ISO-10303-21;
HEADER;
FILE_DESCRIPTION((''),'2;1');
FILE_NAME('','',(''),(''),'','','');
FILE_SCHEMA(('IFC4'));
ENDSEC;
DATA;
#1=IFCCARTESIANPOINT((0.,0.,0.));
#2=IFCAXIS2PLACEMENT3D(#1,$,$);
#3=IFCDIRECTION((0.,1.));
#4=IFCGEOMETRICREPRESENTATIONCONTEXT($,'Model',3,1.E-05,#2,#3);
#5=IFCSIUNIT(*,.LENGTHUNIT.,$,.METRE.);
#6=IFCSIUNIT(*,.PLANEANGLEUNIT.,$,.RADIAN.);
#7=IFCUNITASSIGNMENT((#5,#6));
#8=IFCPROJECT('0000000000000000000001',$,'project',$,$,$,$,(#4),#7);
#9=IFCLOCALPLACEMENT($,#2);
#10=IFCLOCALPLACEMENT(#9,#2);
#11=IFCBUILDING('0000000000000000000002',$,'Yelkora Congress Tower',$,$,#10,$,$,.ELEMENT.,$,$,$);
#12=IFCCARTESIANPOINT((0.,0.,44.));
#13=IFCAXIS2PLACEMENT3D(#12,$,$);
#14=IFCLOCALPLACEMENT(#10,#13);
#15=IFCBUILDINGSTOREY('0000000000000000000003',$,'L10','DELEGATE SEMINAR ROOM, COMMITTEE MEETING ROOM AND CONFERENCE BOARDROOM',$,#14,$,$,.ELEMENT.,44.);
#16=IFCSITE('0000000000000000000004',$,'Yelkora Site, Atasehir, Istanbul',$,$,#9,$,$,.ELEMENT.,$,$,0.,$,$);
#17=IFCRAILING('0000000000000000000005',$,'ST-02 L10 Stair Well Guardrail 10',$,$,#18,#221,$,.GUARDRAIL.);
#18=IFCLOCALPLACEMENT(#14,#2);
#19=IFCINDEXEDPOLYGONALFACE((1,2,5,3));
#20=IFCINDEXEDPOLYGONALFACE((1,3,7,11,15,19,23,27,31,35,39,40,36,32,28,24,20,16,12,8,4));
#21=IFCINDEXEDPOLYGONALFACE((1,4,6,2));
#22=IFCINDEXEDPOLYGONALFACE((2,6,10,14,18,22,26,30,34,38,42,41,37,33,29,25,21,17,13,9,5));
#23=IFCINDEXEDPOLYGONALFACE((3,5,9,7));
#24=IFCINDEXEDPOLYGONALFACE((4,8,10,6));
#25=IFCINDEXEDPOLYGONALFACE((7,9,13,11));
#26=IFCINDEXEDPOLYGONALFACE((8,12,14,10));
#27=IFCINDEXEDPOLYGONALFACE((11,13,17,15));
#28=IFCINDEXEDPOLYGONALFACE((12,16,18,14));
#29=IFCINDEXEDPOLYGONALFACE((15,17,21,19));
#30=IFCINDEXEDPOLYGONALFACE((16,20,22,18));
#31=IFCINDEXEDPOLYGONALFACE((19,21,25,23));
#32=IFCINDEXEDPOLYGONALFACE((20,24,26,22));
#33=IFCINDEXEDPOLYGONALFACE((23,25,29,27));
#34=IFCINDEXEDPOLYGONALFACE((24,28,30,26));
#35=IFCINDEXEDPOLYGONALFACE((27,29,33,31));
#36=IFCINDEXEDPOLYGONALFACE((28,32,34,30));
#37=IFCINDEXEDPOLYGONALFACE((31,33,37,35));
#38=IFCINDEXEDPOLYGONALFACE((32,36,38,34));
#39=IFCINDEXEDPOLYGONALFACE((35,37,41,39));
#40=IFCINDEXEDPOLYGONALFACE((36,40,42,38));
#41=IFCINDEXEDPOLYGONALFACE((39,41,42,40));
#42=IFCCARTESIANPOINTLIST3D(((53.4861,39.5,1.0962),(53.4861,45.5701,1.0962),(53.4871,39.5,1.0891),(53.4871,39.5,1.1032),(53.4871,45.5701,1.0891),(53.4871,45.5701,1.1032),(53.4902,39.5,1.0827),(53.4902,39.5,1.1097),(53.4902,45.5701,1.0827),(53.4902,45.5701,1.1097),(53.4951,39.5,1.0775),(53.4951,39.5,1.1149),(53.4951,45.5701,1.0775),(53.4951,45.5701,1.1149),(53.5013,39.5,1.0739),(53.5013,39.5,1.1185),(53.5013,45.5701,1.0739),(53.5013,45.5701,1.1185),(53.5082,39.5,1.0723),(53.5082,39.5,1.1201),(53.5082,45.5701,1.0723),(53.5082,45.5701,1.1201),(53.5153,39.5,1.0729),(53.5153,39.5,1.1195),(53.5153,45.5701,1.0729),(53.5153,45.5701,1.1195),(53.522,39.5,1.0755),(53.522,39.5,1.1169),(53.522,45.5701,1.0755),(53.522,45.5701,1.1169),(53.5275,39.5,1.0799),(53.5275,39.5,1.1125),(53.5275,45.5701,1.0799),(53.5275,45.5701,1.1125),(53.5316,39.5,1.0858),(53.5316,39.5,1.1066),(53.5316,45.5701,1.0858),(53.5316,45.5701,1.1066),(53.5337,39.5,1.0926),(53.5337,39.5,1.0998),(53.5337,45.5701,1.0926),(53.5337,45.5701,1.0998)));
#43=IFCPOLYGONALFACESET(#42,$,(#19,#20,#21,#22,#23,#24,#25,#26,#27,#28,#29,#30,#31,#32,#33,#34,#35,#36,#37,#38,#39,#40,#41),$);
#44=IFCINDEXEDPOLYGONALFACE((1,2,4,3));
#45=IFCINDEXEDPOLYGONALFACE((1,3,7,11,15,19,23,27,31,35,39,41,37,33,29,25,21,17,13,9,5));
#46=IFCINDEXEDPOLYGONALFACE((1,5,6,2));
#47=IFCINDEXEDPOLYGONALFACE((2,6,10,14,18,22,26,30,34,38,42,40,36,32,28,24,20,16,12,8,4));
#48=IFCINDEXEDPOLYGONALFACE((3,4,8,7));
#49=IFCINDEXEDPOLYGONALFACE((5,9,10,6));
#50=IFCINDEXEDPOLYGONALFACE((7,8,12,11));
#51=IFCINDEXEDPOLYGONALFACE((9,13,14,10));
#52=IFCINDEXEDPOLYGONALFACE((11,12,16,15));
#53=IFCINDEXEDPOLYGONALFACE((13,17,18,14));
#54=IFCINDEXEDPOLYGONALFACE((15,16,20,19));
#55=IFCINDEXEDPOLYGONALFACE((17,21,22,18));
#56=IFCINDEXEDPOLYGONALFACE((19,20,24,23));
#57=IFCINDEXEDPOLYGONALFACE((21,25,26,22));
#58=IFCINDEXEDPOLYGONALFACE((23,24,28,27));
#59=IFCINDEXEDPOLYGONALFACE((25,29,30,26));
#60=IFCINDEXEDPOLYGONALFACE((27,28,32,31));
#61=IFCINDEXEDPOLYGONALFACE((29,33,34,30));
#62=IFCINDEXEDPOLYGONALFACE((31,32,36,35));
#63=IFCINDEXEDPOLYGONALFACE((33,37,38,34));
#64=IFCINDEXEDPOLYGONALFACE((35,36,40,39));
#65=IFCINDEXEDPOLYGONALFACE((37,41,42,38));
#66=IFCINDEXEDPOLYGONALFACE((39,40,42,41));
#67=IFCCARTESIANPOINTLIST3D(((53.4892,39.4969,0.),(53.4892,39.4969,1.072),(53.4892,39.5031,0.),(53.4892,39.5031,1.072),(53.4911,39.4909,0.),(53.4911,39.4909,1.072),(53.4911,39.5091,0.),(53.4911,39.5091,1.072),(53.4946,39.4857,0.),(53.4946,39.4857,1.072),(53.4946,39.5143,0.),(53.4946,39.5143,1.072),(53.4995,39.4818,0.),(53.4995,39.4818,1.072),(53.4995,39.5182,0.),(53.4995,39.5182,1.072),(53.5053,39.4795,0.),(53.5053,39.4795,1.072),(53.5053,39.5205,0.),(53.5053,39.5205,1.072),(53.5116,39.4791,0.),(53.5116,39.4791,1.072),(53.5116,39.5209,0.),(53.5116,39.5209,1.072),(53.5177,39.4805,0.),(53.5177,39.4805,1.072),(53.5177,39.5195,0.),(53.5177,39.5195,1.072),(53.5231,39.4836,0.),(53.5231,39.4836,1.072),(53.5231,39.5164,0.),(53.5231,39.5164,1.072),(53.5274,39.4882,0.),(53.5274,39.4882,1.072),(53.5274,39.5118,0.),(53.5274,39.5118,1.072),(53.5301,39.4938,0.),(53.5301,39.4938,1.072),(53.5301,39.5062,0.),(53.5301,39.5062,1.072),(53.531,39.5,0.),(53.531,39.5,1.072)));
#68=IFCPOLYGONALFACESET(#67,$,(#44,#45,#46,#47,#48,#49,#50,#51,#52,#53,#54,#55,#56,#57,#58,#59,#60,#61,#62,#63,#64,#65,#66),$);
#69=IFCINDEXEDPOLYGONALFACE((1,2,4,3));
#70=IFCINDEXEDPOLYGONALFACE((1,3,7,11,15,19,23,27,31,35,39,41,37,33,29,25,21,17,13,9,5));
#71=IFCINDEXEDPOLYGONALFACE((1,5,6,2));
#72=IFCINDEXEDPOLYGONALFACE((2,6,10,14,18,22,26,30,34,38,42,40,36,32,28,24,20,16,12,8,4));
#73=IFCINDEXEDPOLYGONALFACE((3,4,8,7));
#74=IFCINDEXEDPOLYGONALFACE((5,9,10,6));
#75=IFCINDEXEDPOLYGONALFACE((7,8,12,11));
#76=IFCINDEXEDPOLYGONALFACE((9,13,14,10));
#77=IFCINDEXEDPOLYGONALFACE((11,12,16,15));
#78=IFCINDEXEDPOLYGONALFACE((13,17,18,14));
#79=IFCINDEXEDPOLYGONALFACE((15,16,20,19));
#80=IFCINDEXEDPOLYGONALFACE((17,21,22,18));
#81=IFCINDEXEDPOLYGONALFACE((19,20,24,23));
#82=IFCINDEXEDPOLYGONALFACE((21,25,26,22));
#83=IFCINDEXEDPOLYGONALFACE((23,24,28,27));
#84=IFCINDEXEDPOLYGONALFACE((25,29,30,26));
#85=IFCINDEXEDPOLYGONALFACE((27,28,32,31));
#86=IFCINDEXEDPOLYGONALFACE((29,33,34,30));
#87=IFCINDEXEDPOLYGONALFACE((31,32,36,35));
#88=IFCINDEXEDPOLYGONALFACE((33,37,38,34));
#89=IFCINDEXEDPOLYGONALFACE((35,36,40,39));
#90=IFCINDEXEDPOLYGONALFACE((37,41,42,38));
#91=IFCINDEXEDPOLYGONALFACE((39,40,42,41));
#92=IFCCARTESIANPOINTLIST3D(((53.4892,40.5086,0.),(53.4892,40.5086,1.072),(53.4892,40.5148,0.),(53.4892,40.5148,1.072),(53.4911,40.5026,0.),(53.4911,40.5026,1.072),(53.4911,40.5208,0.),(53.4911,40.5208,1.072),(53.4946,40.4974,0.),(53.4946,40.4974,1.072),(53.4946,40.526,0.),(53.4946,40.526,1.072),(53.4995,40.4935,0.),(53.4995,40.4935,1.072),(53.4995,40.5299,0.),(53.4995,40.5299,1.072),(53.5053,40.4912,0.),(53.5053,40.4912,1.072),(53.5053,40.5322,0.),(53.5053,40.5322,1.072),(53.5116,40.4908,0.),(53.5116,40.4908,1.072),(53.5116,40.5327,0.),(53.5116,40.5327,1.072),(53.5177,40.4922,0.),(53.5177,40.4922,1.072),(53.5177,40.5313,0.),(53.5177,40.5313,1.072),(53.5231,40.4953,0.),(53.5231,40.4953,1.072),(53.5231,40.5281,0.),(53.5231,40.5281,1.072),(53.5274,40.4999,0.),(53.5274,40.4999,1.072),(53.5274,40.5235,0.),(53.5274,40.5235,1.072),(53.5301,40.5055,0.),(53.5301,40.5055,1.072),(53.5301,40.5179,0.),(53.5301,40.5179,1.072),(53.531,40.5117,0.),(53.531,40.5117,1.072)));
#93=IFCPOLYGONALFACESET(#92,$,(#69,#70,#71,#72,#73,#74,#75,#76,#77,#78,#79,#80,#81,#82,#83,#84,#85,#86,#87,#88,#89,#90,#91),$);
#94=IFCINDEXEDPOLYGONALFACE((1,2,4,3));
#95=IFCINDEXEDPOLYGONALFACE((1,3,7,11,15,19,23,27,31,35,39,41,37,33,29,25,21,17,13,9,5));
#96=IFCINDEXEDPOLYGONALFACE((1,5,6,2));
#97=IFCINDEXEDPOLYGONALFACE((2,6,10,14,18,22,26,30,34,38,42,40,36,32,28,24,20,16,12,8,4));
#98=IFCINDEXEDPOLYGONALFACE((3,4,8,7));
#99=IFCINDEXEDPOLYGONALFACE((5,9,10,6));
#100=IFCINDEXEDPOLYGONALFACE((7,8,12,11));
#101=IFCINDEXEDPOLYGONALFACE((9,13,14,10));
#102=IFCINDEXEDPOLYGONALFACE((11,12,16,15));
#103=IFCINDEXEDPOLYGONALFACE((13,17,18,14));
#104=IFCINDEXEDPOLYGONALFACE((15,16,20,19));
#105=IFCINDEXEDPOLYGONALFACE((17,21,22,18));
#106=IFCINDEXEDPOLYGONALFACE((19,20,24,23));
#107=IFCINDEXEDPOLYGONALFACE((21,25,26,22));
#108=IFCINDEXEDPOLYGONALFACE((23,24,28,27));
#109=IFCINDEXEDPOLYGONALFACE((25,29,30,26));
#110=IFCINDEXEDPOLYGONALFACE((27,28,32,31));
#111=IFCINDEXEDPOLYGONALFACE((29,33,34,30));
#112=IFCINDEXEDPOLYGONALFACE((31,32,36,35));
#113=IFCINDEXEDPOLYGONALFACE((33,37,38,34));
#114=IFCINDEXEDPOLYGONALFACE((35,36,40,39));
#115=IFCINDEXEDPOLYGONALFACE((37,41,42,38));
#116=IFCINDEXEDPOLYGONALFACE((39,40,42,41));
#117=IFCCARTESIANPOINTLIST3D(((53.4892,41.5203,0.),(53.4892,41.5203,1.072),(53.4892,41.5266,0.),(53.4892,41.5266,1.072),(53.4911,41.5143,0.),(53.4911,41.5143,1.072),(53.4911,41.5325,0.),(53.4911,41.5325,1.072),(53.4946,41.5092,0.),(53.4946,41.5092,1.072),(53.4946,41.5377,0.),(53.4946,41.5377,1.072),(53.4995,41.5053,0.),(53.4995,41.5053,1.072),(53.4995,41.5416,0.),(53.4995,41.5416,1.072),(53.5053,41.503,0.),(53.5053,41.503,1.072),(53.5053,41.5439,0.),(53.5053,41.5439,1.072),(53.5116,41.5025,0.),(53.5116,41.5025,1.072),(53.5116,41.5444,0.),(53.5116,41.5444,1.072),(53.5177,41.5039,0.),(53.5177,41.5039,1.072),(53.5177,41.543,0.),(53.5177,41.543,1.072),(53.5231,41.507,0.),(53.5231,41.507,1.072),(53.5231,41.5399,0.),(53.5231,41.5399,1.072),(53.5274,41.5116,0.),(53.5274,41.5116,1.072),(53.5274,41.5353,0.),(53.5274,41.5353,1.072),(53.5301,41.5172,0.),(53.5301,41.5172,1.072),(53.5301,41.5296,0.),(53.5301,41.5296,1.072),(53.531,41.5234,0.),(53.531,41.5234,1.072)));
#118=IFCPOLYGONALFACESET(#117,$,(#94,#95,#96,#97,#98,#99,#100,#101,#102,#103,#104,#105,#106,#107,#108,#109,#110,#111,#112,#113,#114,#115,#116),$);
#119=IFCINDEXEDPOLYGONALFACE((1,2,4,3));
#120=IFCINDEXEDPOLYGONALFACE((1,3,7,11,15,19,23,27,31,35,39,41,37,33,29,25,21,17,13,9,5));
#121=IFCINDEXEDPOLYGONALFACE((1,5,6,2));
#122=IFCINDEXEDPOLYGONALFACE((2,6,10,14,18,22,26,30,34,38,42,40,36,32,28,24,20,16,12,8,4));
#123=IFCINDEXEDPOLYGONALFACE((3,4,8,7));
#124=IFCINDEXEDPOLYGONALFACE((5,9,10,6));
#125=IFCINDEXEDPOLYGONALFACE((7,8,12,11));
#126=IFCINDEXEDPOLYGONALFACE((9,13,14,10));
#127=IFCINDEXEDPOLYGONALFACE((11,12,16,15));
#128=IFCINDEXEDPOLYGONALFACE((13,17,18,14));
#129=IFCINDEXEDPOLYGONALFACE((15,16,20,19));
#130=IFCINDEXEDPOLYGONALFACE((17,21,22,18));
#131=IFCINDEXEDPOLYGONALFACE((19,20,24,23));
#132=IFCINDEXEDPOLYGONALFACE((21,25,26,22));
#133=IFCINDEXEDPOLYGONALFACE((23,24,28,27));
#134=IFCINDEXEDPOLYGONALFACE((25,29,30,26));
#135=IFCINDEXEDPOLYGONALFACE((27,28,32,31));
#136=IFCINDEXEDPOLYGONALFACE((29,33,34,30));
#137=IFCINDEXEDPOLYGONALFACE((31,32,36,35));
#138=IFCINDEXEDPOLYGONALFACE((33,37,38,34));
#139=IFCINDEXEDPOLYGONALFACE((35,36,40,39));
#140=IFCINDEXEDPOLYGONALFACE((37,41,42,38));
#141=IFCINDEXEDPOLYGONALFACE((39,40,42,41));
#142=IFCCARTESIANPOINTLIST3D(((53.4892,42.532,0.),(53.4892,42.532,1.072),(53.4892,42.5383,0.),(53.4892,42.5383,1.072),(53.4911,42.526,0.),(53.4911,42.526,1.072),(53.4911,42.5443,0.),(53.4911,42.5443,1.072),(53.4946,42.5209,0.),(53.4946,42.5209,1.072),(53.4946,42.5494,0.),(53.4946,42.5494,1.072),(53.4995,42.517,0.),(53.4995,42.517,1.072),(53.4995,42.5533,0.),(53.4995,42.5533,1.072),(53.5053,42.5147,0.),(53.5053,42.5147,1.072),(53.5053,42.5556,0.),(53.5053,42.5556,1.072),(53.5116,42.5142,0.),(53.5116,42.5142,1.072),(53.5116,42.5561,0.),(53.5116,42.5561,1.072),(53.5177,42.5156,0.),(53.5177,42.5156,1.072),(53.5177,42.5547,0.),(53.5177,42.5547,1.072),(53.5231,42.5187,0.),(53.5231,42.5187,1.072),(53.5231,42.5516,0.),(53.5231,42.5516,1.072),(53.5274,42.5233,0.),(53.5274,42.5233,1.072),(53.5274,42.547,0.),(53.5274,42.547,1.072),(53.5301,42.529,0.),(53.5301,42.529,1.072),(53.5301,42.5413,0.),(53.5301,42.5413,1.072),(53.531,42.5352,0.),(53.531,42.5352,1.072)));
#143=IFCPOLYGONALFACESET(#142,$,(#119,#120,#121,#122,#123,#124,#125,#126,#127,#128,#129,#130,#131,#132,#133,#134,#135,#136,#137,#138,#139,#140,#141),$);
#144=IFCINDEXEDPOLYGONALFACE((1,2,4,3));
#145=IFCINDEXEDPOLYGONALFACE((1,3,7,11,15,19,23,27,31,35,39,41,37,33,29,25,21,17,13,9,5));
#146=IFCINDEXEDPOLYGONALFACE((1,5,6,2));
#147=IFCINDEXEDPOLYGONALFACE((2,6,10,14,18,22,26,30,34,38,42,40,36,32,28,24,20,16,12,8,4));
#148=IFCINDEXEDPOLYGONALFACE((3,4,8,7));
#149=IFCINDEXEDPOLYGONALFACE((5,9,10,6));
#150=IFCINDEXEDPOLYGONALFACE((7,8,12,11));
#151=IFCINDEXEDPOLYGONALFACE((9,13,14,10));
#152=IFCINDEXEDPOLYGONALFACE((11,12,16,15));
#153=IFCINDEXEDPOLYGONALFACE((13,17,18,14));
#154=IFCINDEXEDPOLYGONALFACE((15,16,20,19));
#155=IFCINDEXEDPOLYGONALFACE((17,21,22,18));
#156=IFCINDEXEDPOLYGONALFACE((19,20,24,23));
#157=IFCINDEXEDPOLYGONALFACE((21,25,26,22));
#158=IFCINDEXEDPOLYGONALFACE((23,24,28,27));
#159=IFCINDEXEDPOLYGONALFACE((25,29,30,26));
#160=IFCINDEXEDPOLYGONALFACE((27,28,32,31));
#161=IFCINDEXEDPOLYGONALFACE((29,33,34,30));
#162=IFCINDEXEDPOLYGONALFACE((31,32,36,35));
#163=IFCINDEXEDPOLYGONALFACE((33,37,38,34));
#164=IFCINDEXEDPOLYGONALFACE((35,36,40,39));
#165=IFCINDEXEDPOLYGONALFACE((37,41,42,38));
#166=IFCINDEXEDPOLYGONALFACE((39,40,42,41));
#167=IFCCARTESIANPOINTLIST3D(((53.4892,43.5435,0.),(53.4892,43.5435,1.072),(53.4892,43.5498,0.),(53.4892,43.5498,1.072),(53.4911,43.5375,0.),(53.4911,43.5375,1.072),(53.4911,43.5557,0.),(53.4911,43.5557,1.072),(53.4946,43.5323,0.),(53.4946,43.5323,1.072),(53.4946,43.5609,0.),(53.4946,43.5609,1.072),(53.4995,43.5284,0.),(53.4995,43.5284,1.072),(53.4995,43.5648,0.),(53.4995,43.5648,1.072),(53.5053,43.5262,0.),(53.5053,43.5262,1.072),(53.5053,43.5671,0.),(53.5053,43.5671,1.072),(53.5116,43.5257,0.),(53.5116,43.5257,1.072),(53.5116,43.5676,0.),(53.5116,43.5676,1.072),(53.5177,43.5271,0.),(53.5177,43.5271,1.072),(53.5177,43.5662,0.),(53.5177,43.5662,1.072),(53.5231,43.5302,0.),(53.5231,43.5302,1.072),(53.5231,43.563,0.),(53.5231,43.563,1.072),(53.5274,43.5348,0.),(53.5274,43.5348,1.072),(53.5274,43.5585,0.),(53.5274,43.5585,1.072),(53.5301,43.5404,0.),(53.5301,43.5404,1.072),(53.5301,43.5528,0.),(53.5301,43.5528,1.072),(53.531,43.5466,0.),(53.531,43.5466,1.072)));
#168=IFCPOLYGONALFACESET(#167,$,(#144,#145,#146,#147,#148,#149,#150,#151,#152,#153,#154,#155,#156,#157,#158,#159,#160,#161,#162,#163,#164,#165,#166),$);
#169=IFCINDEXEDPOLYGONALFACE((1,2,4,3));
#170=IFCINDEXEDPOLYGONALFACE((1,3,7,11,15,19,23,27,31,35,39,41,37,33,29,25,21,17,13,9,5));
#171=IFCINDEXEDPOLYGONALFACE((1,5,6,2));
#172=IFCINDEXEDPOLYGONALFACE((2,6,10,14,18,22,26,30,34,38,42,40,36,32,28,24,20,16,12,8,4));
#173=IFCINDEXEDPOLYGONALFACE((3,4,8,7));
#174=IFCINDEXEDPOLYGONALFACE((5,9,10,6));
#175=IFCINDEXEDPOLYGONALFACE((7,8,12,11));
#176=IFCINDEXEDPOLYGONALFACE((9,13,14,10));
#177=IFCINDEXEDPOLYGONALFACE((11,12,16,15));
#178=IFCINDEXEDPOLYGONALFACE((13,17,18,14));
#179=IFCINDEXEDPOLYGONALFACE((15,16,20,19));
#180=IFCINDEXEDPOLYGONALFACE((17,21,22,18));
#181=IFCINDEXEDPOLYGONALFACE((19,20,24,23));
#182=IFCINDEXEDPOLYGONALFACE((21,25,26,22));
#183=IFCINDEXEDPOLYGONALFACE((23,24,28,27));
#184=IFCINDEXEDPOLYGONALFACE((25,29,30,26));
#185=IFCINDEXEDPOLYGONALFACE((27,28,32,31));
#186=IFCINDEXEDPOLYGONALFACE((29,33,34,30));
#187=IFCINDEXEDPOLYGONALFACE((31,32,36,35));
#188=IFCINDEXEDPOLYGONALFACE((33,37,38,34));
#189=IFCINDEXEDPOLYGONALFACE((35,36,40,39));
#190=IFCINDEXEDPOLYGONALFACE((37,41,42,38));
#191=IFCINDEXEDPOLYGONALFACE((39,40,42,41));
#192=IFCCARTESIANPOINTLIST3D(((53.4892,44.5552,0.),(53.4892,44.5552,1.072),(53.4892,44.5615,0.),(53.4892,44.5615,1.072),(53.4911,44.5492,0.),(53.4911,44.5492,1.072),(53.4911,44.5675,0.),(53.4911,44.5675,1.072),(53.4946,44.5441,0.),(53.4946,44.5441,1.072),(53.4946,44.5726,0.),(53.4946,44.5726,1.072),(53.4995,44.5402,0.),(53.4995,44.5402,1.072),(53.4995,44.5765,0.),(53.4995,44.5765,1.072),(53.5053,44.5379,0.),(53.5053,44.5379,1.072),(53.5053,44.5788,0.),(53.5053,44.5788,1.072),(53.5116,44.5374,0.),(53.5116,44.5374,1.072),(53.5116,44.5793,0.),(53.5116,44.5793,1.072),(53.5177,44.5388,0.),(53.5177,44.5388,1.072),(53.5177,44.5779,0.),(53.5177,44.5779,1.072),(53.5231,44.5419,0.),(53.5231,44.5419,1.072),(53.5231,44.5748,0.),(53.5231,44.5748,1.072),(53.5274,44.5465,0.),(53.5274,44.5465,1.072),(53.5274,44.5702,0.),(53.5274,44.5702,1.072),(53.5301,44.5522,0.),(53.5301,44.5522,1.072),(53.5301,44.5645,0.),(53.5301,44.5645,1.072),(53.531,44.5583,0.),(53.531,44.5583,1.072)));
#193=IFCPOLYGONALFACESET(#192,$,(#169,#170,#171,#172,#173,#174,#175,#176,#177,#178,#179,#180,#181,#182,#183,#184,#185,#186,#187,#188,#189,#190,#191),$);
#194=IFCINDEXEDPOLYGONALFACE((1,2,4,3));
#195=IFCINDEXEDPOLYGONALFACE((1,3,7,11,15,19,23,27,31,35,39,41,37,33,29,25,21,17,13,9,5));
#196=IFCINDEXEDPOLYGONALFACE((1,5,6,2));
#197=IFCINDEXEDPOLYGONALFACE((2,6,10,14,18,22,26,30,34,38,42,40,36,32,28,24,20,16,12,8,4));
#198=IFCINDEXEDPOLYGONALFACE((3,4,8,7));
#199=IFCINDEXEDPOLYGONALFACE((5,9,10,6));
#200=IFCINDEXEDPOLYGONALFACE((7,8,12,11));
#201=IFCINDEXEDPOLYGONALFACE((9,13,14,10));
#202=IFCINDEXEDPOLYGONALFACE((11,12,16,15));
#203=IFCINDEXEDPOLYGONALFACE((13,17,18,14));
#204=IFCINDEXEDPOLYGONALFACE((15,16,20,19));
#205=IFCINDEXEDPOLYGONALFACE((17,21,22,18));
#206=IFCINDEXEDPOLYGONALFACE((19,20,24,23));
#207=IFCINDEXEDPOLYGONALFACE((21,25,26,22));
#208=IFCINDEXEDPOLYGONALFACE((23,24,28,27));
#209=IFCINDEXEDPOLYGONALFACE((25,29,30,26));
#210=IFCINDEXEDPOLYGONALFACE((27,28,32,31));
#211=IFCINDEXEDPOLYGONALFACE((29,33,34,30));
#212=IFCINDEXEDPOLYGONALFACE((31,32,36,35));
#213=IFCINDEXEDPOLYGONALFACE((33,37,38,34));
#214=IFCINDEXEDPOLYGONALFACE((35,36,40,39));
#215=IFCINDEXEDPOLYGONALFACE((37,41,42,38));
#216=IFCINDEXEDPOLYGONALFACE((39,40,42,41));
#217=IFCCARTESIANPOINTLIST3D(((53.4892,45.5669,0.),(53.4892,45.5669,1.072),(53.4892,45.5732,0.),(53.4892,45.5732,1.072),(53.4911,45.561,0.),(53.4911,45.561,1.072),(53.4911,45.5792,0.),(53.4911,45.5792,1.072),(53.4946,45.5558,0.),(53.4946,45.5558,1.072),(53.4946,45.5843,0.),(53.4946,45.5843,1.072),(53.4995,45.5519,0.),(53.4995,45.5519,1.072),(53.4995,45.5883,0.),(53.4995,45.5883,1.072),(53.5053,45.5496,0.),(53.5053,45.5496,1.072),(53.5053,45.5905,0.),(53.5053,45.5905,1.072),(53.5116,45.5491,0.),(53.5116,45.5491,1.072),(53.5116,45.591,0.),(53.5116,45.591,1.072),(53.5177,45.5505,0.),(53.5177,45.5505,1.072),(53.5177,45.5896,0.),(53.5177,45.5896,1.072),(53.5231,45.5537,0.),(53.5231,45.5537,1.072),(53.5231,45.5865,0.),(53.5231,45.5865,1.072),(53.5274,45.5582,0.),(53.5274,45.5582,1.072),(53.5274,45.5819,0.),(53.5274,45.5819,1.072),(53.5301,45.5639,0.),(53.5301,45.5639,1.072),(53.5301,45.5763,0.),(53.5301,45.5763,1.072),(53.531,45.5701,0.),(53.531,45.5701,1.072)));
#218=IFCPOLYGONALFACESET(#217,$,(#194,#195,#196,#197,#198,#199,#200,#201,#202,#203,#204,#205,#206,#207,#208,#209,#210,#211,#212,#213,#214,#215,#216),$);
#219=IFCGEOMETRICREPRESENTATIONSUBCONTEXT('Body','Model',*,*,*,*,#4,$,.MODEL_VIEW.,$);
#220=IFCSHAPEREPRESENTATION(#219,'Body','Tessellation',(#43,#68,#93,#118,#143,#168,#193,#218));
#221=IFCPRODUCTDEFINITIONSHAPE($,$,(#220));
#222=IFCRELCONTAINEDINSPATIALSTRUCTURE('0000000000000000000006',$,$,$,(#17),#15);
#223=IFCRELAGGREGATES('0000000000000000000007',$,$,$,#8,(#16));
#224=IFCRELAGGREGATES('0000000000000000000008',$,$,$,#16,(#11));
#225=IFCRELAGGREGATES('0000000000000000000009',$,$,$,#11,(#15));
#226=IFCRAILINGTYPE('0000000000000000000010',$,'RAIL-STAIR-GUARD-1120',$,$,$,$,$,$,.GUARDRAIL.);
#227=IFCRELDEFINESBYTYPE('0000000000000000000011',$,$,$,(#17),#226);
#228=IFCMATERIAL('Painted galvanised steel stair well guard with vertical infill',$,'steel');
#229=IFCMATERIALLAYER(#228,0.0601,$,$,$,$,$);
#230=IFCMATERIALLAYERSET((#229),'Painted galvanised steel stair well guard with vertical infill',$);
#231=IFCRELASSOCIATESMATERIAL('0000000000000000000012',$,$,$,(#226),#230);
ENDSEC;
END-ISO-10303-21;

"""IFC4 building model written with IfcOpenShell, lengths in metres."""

from ifc_helpers import new_model, si_unit, direction, frame, origin, origin_2d, place, context, subcontext, project, spatial, circle, extrude, material, layer, layer_set, type_object, element, save


model = new_model("IFC4")

# Units and contexts
model_context = context("Model", 3, precision=1e-05, world=origin(), true_north=direction((0.0, 1.0)))
body_context = subcontext(model_context, "Body", "Model", "MODEL_VIEW")
ifc_project = project(units=[si_unit("LENGTHUNIT", "METRE"), si_unit("PLANEANGLEUNIT", "RADIAN")], contexts=[model_context])

# Site, building, storey
site_placement = place(None, origin())
site = spatial("IfcSite", under=ifc_project, at=site_placement, Name="Yelkora Site, Atasehir, Istanbul", CompositionType="ELEMENT", RefElevation=0.0)
building_placement = place(site_placement, origin())
building = spatial("IfcBuilding", under=site, at=building_placement, Name="Yelkora Congress Tower", CompositionType="ELEMENT")
storey_placement = place(building_placement, frame((0.0, 0.0, 44.0)))
storey = spatial("IfcBuildingStorey", under=building, at=storey_placement, Name="L10", Description="DELEGATE SEMINAR ROOM, COMMITTEE MEETING ROOM AND CONFERENCE BOARDROOM", CompositionType="ELEMENT", Elevation=44.0)

# Railing
ifc_material_1 = material(Name="Painted galvanised steel stair well guard with vertical infill", Category="steel")
ifc_layer_1 = layer(ifc_material_1, 0.0601)
ifc_layer_set_1 = layer_set([ifc_layer_1], Name="Painted galvanised steel stair well guard with vertical infill")
railing_type_1 = type_object("IfcRailingType", Name="RAIL-STAIR-GUARD-1120", PredefinedType="GUARDRAIL", material=ifc_layer_set_1)
railing_1_placement = place(storey_placement, frame((53.51, 39.5, 0.0)))
element("IfcRailing", 1, at=railing_1_placement, inside=storey, type_object=railing_type_1, Name="ST-02 L10 Stair Well Guardrail 10", PredefinedType="GUARDRAIL", context=body_context, shape_type="SweptSolid", body=[
    extrude(circle(Radius=0.0239, at=origin_2d()), frame((0.0, 0.0, 1.0962), z_axis=(0.0, 1.0, 0.0), x_axis=(-1.0, 0.0, 0.0)), (0.0, 0.0, 1.0), 6.0701),
    extrude(circle(Radius=0.021, at=origin_2d()), origin(), (0.0, 0.0, 1.0), 1.072),
    extrude(circle(Radius=0.021, at=origin_2d()), frame((0.0, 1.0117, 0.0)), (0.0, 0.0, 1.0), 1.072),
    extrude(circle(Radius=0.021, at=origin_2d()), frame((0.0, 2.0234, 0.0)), (0.0, 0.0, 1.0), 1.072),
    extrude(circle(Radius=0.021, at=origin_2d()), frame((0.0, 3.0352, 0.0)), (0.0, 0.0, 1.0), 1.072),
    extrude(circle(Radius=0.021, at=origin_2d()), frame((0.0, 4.0466, 0.0)), (0.0, 0.0, 1.0), 1.072),
    extrude(circle(Radius=0.021, at=origin_2d()), frame((0.0, 5.0583, 0.0)), (0.0, 0.0, 1.0), 1.072),
    extrude(circle(Radius=0.021, at=origin_2d()), frame((0.0, 6.0701, 0.0)), (0.0, 0.0, 1.0), 1.072),
])

save(model, "model.ifc")
